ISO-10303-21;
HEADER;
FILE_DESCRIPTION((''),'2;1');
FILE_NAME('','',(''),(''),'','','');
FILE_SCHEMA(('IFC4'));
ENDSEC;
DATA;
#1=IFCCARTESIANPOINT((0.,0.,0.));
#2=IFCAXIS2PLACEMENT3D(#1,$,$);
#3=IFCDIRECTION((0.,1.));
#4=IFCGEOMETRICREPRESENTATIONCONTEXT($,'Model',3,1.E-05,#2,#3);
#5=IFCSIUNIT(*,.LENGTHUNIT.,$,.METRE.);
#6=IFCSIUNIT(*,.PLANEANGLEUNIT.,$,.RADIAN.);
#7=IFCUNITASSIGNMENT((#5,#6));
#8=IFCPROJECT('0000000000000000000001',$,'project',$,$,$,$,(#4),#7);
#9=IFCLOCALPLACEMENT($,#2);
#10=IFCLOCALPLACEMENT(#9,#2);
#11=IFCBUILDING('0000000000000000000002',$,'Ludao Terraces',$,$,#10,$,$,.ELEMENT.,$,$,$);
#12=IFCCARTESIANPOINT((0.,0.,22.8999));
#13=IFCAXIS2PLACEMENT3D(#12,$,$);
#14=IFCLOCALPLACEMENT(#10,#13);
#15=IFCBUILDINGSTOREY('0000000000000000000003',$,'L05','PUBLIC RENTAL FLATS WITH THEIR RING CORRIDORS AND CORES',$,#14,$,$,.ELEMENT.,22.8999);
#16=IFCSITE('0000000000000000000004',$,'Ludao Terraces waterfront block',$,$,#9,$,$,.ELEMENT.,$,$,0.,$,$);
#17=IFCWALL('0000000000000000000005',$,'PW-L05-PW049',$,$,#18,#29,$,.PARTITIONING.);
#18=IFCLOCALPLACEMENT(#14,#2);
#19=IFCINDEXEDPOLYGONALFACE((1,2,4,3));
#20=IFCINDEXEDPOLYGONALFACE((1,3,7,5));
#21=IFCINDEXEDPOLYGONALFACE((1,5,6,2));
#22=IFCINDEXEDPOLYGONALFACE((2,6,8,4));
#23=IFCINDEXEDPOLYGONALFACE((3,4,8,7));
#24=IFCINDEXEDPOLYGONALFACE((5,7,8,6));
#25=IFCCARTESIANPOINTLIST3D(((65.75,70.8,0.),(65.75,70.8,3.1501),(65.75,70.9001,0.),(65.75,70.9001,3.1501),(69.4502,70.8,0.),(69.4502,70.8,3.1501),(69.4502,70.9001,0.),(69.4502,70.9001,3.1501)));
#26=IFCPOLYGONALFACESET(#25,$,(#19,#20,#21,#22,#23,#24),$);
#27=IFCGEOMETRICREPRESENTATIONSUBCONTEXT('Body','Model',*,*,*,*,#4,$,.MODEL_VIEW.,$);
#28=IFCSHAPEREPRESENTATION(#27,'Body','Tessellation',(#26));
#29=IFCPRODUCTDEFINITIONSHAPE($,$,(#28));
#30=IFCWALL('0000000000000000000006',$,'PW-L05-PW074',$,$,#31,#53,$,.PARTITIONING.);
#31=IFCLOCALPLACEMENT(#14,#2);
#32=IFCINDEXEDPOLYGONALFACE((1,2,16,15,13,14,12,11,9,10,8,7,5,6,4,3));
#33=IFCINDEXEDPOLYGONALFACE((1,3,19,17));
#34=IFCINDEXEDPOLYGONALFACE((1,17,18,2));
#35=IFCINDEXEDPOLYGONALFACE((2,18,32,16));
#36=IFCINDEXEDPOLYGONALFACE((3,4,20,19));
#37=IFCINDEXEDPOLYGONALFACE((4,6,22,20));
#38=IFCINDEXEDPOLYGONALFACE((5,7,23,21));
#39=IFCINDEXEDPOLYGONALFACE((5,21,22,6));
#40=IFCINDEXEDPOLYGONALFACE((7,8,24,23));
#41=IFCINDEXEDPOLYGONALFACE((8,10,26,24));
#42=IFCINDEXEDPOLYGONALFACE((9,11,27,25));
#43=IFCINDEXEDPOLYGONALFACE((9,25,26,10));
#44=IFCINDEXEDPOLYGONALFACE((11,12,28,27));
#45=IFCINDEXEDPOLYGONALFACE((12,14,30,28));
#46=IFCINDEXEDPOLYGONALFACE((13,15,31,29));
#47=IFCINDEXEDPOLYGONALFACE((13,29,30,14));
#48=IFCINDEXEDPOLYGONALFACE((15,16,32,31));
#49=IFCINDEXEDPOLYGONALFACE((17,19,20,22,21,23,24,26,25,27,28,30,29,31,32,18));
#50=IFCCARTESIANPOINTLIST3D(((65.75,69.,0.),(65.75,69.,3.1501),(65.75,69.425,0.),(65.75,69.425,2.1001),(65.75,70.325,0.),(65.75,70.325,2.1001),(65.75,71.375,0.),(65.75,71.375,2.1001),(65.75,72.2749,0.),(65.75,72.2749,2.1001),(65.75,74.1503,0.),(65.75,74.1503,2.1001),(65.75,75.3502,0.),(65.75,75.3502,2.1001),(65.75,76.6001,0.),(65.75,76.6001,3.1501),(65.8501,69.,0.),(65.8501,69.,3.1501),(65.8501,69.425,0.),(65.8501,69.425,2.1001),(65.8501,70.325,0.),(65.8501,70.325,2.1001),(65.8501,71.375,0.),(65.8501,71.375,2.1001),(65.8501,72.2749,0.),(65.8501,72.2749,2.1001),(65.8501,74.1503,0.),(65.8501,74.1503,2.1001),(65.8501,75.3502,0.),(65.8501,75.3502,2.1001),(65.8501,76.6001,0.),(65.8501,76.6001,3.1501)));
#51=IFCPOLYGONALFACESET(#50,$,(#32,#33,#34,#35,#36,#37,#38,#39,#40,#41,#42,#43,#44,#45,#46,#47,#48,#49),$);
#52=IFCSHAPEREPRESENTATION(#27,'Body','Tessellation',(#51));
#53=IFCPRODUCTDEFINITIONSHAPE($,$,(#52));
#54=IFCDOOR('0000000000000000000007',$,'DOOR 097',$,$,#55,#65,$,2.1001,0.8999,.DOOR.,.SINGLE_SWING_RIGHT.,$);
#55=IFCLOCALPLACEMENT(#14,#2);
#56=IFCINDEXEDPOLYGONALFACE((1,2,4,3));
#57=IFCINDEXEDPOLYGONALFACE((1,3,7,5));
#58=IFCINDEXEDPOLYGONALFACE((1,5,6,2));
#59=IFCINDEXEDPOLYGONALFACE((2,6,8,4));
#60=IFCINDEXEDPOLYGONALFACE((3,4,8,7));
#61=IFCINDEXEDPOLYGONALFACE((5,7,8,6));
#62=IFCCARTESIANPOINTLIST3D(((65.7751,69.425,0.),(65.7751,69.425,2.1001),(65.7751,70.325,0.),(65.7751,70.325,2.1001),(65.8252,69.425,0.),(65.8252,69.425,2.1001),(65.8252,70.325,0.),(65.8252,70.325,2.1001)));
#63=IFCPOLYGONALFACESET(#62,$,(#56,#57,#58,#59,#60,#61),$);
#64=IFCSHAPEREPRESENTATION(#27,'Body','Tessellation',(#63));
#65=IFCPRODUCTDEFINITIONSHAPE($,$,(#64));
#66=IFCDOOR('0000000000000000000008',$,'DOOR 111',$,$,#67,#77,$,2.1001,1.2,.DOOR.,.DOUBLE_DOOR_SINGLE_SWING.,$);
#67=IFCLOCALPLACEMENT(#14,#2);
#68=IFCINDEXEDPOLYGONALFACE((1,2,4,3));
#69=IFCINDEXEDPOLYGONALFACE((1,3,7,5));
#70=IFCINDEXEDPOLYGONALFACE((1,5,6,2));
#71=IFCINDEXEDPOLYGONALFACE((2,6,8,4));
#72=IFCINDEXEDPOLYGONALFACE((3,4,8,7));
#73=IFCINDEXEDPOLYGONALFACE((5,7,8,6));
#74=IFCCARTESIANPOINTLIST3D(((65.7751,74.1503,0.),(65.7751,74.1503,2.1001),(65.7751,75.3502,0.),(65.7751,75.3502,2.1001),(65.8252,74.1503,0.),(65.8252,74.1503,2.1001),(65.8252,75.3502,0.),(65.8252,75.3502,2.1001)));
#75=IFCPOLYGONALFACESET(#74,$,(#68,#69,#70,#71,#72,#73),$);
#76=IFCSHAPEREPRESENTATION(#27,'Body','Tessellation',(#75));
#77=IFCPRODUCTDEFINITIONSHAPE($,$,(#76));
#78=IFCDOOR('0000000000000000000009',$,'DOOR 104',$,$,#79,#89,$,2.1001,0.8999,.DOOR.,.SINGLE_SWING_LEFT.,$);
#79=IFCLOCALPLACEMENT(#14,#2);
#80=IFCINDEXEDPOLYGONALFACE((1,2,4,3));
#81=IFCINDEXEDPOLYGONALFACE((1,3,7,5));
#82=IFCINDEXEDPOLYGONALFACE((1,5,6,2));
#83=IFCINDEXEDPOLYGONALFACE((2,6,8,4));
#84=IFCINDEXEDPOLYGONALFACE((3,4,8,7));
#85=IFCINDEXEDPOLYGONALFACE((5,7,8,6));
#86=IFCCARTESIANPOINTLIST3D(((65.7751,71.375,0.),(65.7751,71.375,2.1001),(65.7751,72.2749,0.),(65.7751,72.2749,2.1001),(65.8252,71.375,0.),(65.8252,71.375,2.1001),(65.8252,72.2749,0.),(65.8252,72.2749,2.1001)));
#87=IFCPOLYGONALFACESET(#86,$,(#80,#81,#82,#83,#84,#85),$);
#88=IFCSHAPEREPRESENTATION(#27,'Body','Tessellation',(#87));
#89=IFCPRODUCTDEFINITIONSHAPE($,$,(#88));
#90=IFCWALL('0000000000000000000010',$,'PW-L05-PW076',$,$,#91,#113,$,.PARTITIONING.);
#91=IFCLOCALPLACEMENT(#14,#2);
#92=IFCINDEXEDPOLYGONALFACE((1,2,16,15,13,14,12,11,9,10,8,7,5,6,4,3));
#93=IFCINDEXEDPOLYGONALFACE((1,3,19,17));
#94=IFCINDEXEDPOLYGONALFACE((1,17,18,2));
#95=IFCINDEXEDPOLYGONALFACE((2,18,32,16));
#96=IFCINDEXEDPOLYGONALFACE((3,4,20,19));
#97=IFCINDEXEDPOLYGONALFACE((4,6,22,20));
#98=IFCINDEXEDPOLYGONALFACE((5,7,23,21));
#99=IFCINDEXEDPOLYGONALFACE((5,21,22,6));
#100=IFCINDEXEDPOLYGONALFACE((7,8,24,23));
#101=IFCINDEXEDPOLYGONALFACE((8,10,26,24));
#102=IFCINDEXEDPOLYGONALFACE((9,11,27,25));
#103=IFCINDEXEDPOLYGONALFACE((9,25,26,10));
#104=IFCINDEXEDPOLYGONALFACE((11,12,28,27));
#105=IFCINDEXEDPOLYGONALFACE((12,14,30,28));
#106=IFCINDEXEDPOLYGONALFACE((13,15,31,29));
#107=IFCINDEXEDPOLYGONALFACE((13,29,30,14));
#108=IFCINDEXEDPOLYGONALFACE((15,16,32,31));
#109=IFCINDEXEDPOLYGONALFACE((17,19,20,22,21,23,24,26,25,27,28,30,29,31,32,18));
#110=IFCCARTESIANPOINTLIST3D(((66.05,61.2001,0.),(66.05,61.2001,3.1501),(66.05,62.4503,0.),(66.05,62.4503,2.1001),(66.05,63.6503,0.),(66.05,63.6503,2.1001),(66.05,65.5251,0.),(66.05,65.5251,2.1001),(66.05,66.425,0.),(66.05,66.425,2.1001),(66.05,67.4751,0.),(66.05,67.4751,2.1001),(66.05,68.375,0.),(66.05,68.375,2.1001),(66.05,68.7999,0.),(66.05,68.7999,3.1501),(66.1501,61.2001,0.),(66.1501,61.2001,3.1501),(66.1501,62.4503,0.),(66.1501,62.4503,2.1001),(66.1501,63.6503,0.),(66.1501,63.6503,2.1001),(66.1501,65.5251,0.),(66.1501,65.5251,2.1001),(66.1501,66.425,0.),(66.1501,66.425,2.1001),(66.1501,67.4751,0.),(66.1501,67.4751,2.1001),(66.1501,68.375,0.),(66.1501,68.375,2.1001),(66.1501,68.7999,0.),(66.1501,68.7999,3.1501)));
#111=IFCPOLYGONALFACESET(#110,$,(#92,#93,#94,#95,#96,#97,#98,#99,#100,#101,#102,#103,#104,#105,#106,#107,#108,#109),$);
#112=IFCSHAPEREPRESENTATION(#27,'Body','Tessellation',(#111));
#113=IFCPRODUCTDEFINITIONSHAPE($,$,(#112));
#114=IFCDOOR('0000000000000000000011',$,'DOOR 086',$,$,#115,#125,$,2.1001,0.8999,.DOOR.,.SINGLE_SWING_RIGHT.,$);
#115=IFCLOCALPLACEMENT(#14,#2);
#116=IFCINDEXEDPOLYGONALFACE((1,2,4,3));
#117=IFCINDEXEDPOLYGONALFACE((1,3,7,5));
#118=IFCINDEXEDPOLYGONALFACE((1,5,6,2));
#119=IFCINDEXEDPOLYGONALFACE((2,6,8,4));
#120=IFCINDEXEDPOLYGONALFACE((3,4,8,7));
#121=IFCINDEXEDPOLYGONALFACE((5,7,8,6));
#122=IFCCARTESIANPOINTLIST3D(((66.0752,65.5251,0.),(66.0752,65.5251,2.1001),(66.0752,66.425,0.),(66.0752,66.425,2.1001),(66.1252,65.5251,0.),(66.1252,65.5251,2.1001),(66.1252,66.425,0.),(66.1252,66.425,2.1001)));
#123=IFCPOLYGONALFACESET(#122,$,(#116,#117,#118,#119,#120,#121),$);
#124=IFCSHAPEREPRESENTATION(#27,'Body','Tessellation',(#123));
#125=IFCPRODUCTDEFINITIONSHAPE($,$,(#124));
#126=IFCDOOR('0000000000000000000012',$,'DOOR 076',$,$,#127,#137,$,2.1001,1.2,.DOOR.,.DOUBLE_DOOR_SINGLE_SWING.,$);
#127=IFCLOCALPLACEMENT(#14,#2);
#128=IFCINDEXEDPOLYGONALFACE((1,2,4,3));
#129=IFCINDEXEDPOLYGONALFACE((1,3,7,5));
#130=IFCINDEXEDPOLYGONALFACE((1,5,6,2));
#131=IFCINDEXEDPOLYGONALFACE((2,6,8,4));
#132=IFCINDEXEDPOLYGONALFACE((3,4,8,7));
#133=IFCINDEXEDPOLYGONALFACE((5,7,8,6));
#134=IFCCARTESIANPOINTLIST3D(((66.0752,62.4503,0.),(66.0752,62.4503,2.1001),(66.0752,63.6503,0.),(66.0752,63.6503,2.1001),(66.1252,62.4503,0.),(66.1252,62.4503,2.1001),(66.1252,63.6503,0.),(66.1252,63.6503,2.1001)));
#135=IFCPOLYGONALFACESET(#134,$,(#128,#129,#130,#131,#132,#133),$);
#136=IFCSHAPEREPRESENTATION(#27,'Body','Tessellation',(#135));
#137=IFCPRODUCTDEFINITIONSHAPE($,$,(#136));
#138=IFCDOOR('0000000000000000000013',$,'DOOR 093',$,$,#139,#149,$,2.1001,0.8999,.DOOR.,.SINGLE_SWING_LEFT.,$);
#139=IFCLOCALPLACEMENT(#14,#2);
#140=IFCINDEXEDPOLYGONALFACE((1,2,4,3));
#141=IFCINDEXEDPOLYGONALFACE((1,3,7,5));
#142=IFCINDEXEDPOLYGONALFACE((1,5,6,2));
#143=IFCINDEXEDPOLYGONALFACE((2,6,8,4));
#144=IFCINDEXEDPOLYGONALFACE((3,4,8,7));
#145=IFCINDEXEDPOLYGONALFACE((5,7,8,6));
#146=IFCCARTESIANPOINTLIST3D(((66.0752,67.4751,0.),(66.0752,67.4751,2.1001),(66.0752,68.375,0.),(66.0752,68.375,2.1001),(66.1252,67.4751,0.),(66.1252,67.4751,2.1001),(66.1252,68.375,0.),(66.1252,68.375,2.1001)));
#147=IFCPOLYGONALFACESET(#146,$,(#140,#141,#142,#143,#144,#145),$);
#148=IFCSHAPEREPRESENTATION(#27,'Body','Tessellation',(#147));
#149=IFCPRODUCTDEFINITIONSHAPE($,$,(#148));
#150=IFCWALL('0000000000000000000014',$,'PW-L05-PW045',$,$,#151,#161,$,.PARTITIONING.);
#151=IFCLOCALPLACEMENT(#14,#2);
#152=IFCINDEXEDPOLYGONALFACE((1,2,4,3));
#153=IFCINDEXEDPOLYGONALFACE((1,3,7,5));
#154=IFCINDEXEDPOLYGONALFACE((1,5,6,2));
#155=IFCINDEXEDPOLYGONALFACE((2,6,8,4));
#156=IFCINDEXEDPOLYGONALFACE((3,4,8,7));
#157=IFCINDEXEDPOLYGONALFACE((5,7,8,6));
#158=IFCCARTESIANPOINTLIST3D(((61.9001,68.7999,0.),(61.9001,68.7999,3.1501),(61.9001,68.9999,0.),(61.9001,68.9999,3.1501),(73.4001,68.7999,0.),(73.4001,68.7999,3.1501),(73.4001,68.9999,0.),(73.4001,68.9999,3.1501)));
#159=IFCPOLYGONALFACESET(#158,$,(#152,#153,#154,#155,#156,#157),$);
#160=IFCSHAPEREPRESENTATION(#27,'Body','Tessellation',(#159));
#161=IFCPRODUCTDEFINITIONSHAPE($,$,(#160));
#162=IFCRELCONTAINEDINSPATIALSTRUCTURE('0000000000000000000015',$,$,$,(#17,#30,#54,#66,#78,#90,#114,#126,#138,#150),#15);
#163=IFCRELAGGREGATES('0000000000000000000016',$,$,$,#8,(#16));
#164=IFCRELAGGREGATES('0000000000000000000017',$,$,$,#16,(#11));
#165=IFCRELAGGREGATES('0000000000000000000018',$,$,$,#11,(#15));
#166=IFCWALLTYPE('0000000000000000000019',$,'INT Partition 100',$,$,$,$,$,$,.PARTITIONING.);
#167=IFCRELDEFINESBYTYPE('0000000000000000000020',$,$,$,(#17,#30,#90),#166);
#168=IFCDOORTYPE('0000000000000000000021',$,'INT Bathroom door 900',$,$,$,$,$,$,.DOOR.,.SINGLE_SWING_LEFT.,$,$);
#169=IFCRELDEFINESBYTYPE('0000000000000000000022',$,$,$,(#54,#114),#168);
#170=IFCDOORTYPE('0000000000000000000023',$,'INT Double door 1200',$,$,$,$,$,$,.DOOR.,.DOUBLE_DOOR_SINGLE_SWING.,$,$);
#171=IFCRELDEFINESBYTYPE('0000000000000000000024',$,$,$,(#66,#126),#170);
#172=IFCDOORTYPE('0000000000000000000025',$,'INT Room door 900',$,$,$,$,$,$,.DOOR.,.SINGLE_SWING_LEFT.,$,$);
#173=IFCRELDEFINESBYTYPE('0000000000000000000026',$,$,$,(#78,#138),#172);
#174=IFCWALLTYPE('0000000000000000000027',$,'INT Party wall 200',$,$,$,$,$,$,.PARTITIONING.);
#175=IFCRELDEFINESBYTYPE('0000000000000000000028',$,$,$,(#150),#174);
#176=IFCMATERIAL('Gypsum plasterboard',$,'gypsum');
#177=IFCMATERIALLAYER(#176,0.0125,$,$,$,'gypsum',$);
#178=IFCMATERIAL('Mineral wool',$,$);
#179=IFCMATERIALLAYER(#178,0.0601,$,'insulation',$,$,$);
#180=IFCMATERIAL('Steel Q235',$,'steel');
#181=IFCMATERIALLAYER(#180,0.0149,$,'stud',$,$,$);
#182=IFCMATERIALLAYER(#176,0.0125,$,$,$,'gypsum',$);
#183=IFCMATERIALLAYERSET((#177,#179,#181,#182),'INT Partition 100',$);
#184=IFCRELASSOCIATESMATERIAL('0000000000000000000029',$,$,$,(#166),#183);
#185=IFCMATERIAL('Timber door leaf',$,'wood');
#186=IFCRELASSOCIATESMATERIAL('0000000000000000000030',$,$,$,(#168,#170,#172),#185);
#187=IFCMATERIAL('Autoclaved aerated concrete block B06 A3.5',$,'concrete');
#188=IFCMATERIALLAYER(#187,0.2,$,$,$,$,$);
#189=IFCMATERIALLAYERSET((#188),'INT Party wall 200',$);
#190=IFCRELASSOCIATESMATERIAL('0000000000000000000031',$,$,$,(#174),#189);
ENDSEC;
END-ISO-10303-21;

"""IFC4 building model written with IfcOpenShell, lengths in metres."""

from ifc_helpers import new_model, si_unit, direction, frame, frame_2d, origin, place, context, subcontext, project, spatial, rectangle, extrude, material, layer, layer_set, type_object, element, fill, save


model = new_model("IFC4")

# Units and contexts
model_context = context("Model", 3, precision=1e-05, world=origin(), true_north=direction((0.0, 1.0)))
body_context = subcontext(model_context, "Body", "Model", "MODEL_VIEW")
ifc_project = project(units=[si_unit("LENGTHUNIT", "METRE"), si_unit("PLANEANGLEUNIT", "RADIAN")], contexts=[model_context])

# Site, building, storey
site_placement = place(None, origin())
site = spatial("IfcSite", under=ifc_project, at=site_placement, Name="Ludao Terraces waterfront block", CompositionType="ELEMENT", RefElevation=0.0)
building_placement = place(site_placement, origin())
building = spatial("IfcBuilding", under=site, at=building_placement, Name="Ludao Terraces", CompositionType="ELEMENT")
storey_placement = place(building_placement, frame((0.0, 0.0, 22.8999)))
storey = spatial("IfcBuildingStorey", under=building, at=storey_placement, Name="L05", Description="PUBLIC RENTAL FLATS WITH THEIR RING CORRIDORS AND CORES", CompositionType="ELEMENT", Elevation=22.8999)

# Shared definitions
ifc_material_1 = material(Name="Mineral wool")

# Wall
ifc_material_2 = material(Name="Gypsum plasterboard", Category="gypsum")
ifc_layer_1 = layer(ifc_material_2, 0.0125, Category="gypsum")
ifc_layer_2 = layer(ifc_material_1, 0.0601, Name="insulation")
ifc_material_3 = material(Name="Steel Q235", Category="steel")
ifc_layer_3 = layer(ifc_material_3, 0.0149, Name="stud")
ifc_layer_4 = layer(ifc_material_2, 0.0125, Category="gypsum")
ifc_layer_set_1 = layer_set([ifc_layer_1, ifc_layer_2, ifc_layer_3, ifc_layer_4], Name="INT Partition 100")
wall_type_1 = type_object("IfcWallType", Name="INT Partition 100", PredefinedType="PARTITIONING", material=ifc_layer_set_1)
wall_1_placement = place(storey_placement, frame((65.75, 70.8501, 0.0), z_axis=(0.0, 0.0, 1.0), x_axis=(1.0, 0.0, 0.0)))
element("IfcWall", 1, at=wall_1_placement, inside=storey, type_object=wall_type_1, Name="PW-L05-PW049", PredefinedType="PARTITIONING", context=body_context, shape_type="SweptSolid", body=[
    extrude(rectangle(XDim=3.7002, YDim=0.1001, at=frame_2d((1.8501, 0.0))), origin(), (0.0, 0.0, 1.0), 3.1501),
])

# Walls, openings, doors
wall_2_placement = place(storey_placement, frame((65.8, 69.0, 0.0), z_axis=(0.0, 0.0, 1.0), x_axis=(0.0, 1.0, 0.0)))
wall_2 = element("IfcWall", 2, at=wall_2_placement, inside=storey, type_object=wall_type_1, Name="PW-L05-PW074", PredefinedType="PARTITIONING", context=body_context, shape_type="SweptSolid", body=[
    extrude(rectangle(XDim=7.6001, YDim=0.1001, at=frame_2d((3.8, 0.0))), origin(), (0.0, 0.0, 1.0), 3.1501),
])
opening_1_placement = place(wall_2_placement, frame((0.425, 0.0, 0.0)))
opening_1 = element("IfcOpeningElement", 3, at=opening_1_placement, cuts=wall_2, PredefinedType="OPENING", context=body_context, shape_type="SweptSolid", body=[
    extrude(rectangle(XDim=0.8999, YDim=2.1001, at=frame_2d((0.45, 1.05))), frame((0.0, 0.0601, 0.0), z_axis=(0.0, -1.0, 0.0), x_axis=(1.0, 0.0, 0.0)), (0.0, 0.0, 1.0), 0.1201),
])
opening_2_placement = place(wall_2_placement, frame((2.375, 0.0, 0.0)))
opening_2 = element("IfcOpeningElement", 4, at=opening_2_placement, cuts=wall_2, PredefinedType="OPENING", context=body_context, shape_type="SweptSolid", body=[
    extrude(rectangle(XDim=0.8999, YDim=2.1001, at=frame_2d((0.45, 1.05))), frame((0.0, 0.0601, 0.0), z_axis=(0.0, -1.0, 0.0), x_axis=(1.0, 0.0, 0.0)), (0.0, 0.0, 1.0), 0.1201),
])
opening_3_placement = place(wall_2_placement, frame((5.1501, 0.0, 0.0)))
opening_3 = element("IfcOpeningElement", 5, at=opening_3_placement, cuts=wall_2, PredefinedType="OPENING", context=body_context, shape_type="SweptSolid", body=[
    extrude(rectangle(XDim=1.2, YDim=2.1001, at=frame_2d((0.6001, 1.05))), frame((0.0, 0.0601, 0.0), z_axis=(0.0, -1.0, 0.0), x_axis=(1.0, 0.0, 0.0)), (0.0, 0.0, 1.0), 0.1201),
])
ifc_material_4 = material(Name="Timber door leaf", Category="wood")
door_type_1 = type_object("IfcDoorType", Name="INT Bathroom door 900", OperationType="SINGLE_SWING_LEFT", PredefinedType="DOOR", material=ifc_material_4)
door_1_placement = place(opening_1_placement, origin())
door_1 = element("IfcDoor", 6, at=door_1_placement, inside=storey, type_object=door_type_1, Name="DOOR 097", OperationType="SINGLE_SWING_RIGHT", OverallHeight=2.1001, OverallWidth=0.8999, PredefinedType="DOOR", context=body_context, shape_type="SweptSolid", body=[
    extrude(rectangle(XDim=0.8999, YDim=2.1001, at=frame_2d((0.45, 1.05))), frame((0.0, 0.0249, 0.0), z_axis=(0.0, -1.0, 0.0), x_axis=(1.0, 0.0, 0.0)), (0.0, 0.0, 1.0), 0.05),
])
fill(opening_1, door_1)
door_type_2 = type_object("IfcDoorType", Name="INT Double door 1200", OperationType="DOUBLE_DOOR_SINGLE_SWING", PredefinedType="DOOR", material=ifc_material_4)
door_2_placement = place(opening_3_placement, origin())
door_2 = element("IfcDoor", 7, at=door_2_placement, inside=storey, type_object=door_type_2, Name="DOOR 111", OperationType="DOUBLE_DOOR_SINGLE_SWING", OverallHeight=2.1001, OverallWidth=1.2, PredefinedType="DOOR", context=body_context, shape_type="SweptSolid", body=[
    extrude(rectangle(XDim=1.2, YDim=2.1001, at=frame_2d((0.6001, 1.05))), frame((0.0, 0.0249, 0.0), z_axis=(0.0, -1.0, 0.0), x_axis=(1.0, 0.0, 0.0)), (0.0, 0.0, 1.0), 0.05),
])
fill(opening_3, door_2)
door_type_3 = type_object("IfcDoorType", Name="INT Room door 900", OperationType="SINGLE_SWING_LEFT", PredefinedType="DOOR", material=ifc_material_4)
door_3_placement = place(opening_2_placement, origin())
door_3 = element("IfcDoor", 8, at=door_3_placement, inside=storey, type_object=door_type_3, Name="DOOR 104", OperationType="SINGLE_SWING_LEFT", OverallHeight=2.1001, OverallWidth=0.8999, PredefinedType="DOOR", context=body_context, shape_type="SweptSolid", body=[
    extrude(rectangle(XDim=0.8999, YDim=2.1001, at=frame_2d((0.45, 1.05))), frame((0.0, 0.0249, 0.0), z_axis=(0.0, -1.0, 0.0), x_axis=(1.0, 0.0, 0.0)), (0.0, 0.0, 1.0), 0.05),
])
fill(opening_2, door_3)
wall_3_placement = place(storey_placement, frame((66.1001, 61.2002, 0.0), z_axis=(0.0, 0.0, 1.0), x_axis=(0.0, 1.0, 0.0)))
wall_3 = element("IfcWall", 9, at=wall_3_placement, inside=storey, type_object=wall_type_1, Name="PW-L05-PW076", PredefinedType="PARTITIONING", context=body_context, shape_type="SweptSolid", body=[
    extrude(rectangle(XDim=7.5999, YDim=0.1001, at=frame_2d((3.7998, 0.0))), origin(), (0.0, 0.0, 1.0), 3.1501),
])
opening_4_placement = place(wall_3_placement, frame((1.25, 0.0, 0.0)))
opening_4 = element("IfcOpeningElement", 10, at=opening_4_placement, cuts=wall_3, PredefinedType="OPENING", context=body_context, shape_type="SweptSolid", body=[
    extrude(rectangle(XDim=1.2, YDim=2.1001, at=frame_2d((0.6001, 1.05))), frame((0.0, 0.0601, 0.0), z_axis=(0.0, -1.0, 0.0), x_axis=(1.0, 0.0, 0.0)), (0.0, 0.0, 1.0), 0.1201),
])
opening_5_placement = place(wall_3_placement, frame((4.325, 0.0, 0.0)))
opening_5 = element("IfcOpeningElement", 11, at=opening_5_placement, cuts=wall_3, PredefinedType="OPENING", context=body_context, shape_type="SweptSolid", body=[
    extrude(rectangle(XDim=0.8999, YDim=2.1001, at=frame_2d((0.45, 1.05))), frame((0.0, 0.0601, 0.0), z_axis=(0.0, -1.0, 0.0), x_axis=(1.0, 0.0, 0.0)), (0.0, 0.0, 1.0), 0.1201),
])
opening_6_placement = place(wall_3_placement, frame((6.2749, 0.0, 0.0)))
opening_6 = element("IfcOpeningElement", 12, at=opening_6_placement, cuts=wall_3, PredefinedType="OPENING", context=body_context, shape_type="SweptSolid", body=[
    extrude(rectangle(XDim=0.8999, YDim=2.1001, at=frame_2d((0.45, 1.05))), frame((0.0, 0.0601, 0.0), z_axis=(0.0, -1.0, 0.0), x_axis=(1.0, 0.0, 0.0)), (0.0, 0.0, 1.0), 0.1201),
])
door_4_placement = place(opening_5_placement, origin())
door_4 = element("IfcDoor", 13, at=door_4_placement, inside=storey, type_object=door_type_1, Name="DOOR 086", OperationType="SINGLE_SWING_RIGHT", OverallHeight=2.1001, OverallWidth=0.8999, PredefinedType="DOOR", context=body_context, shape_type="SweptSolid", body=[
    extrude(rectangle(XDim=0.8999, YDim=2.1001, at=frame_2d((0.45, 1.05))), frame((0.0, 0.0249, 0.0), z_axis=(0.0, -1.0, 0.0), x_axis=(1.0, 0.0, 0.0)), (0.0, 0.0, 1.0), 0.05),
])
fill(opening_5, door_4)
door_5_placement = place(opening_4_placement, origin())
door_5 = element("IfcDoor", 14, at=door_5_placement, inside=storey, type_object=door_type_2, Name="DOOR 076", OperationType="DOUBLE_DOOR_SINGLE_SWING", OverallHeight=2.1001, OverallWidth=1.2, PredefinedType="DOOR", context=body_context, shape_type="SweptSolid", body=[
    extrude(rectangle(XDim=1.2, YDim=2.1001, at=frame_2d((0.6001, 1.05))), frame((0.0, 0.0249, 0.0), z_axis=(0.0, -1.0, 0.0), x_axis=(1.0, 0.0, 0.0)), (0.0, 0.0, 1.0), 0.05),
])
fill(opening_4, door_5)
door_6_placement = place(opening_6_placement, origin())
door_6 = element("IfcDoor", 15, at=door_6_placement, inside=storey, type_object=door_type_3, Name="DOOR 093", OperationType="SINGLE_SWING_LEFT", OverallHeight=2.1001, OverallWidth=0.8999, PredefinedType="DOOR", context=body_context, shape_type="SweptSolid", body=[
    extrude(rectangle(XDim=0.8999, YDim=2.1001, at=frame_2d((0.45, 1.05))), frame((0.0, 0.0249, 0.0), z_axis=(0.0, -1.0, 0.0), x_axis=(1.0, 0.0, 0.0)), (0.0, 0.0, 1.0), 0.05),
])
fill(opening_6, door_6)

# Wall
ifc_material_5 = material(Name="Autoclaved aerated concrete block B06 A3.5", Category="concrete")
ifc_layer_5 = layer(ifc_material_5, 0.2)
ifc_layer_set_2 = layer_set([ifc_layer_5], Name="INT Party wall 200")
wall_type_2 = type_object("IfcWallType", Name="INT Party wall 200", PredefinedType="PARTITIONING", material=ifc_layer_set_2)
wall_4_placement = place(storey_placement, frame((61.9001, 68.8999, 0.0), z_axis=(0.0, 0.0, 1.0), x_axis=(1.0, 0.0, 0.0)))
element("IfcWall", 16, at=wall_4_placement, inside=storey, type_object=wall_type_2, Name="PW-L05-PW045", PredefinedType="PARTITIONING", context=body_context, shape_type="SweptSolid", body=[
    extrude(rectangle(XDim=11.5, YDim=0.2, at=frame_2d((5.75, 0.0))), origin(), (0.0, 0.0, 1.0), 3.1501),
])

save(model, "model.ifc")
